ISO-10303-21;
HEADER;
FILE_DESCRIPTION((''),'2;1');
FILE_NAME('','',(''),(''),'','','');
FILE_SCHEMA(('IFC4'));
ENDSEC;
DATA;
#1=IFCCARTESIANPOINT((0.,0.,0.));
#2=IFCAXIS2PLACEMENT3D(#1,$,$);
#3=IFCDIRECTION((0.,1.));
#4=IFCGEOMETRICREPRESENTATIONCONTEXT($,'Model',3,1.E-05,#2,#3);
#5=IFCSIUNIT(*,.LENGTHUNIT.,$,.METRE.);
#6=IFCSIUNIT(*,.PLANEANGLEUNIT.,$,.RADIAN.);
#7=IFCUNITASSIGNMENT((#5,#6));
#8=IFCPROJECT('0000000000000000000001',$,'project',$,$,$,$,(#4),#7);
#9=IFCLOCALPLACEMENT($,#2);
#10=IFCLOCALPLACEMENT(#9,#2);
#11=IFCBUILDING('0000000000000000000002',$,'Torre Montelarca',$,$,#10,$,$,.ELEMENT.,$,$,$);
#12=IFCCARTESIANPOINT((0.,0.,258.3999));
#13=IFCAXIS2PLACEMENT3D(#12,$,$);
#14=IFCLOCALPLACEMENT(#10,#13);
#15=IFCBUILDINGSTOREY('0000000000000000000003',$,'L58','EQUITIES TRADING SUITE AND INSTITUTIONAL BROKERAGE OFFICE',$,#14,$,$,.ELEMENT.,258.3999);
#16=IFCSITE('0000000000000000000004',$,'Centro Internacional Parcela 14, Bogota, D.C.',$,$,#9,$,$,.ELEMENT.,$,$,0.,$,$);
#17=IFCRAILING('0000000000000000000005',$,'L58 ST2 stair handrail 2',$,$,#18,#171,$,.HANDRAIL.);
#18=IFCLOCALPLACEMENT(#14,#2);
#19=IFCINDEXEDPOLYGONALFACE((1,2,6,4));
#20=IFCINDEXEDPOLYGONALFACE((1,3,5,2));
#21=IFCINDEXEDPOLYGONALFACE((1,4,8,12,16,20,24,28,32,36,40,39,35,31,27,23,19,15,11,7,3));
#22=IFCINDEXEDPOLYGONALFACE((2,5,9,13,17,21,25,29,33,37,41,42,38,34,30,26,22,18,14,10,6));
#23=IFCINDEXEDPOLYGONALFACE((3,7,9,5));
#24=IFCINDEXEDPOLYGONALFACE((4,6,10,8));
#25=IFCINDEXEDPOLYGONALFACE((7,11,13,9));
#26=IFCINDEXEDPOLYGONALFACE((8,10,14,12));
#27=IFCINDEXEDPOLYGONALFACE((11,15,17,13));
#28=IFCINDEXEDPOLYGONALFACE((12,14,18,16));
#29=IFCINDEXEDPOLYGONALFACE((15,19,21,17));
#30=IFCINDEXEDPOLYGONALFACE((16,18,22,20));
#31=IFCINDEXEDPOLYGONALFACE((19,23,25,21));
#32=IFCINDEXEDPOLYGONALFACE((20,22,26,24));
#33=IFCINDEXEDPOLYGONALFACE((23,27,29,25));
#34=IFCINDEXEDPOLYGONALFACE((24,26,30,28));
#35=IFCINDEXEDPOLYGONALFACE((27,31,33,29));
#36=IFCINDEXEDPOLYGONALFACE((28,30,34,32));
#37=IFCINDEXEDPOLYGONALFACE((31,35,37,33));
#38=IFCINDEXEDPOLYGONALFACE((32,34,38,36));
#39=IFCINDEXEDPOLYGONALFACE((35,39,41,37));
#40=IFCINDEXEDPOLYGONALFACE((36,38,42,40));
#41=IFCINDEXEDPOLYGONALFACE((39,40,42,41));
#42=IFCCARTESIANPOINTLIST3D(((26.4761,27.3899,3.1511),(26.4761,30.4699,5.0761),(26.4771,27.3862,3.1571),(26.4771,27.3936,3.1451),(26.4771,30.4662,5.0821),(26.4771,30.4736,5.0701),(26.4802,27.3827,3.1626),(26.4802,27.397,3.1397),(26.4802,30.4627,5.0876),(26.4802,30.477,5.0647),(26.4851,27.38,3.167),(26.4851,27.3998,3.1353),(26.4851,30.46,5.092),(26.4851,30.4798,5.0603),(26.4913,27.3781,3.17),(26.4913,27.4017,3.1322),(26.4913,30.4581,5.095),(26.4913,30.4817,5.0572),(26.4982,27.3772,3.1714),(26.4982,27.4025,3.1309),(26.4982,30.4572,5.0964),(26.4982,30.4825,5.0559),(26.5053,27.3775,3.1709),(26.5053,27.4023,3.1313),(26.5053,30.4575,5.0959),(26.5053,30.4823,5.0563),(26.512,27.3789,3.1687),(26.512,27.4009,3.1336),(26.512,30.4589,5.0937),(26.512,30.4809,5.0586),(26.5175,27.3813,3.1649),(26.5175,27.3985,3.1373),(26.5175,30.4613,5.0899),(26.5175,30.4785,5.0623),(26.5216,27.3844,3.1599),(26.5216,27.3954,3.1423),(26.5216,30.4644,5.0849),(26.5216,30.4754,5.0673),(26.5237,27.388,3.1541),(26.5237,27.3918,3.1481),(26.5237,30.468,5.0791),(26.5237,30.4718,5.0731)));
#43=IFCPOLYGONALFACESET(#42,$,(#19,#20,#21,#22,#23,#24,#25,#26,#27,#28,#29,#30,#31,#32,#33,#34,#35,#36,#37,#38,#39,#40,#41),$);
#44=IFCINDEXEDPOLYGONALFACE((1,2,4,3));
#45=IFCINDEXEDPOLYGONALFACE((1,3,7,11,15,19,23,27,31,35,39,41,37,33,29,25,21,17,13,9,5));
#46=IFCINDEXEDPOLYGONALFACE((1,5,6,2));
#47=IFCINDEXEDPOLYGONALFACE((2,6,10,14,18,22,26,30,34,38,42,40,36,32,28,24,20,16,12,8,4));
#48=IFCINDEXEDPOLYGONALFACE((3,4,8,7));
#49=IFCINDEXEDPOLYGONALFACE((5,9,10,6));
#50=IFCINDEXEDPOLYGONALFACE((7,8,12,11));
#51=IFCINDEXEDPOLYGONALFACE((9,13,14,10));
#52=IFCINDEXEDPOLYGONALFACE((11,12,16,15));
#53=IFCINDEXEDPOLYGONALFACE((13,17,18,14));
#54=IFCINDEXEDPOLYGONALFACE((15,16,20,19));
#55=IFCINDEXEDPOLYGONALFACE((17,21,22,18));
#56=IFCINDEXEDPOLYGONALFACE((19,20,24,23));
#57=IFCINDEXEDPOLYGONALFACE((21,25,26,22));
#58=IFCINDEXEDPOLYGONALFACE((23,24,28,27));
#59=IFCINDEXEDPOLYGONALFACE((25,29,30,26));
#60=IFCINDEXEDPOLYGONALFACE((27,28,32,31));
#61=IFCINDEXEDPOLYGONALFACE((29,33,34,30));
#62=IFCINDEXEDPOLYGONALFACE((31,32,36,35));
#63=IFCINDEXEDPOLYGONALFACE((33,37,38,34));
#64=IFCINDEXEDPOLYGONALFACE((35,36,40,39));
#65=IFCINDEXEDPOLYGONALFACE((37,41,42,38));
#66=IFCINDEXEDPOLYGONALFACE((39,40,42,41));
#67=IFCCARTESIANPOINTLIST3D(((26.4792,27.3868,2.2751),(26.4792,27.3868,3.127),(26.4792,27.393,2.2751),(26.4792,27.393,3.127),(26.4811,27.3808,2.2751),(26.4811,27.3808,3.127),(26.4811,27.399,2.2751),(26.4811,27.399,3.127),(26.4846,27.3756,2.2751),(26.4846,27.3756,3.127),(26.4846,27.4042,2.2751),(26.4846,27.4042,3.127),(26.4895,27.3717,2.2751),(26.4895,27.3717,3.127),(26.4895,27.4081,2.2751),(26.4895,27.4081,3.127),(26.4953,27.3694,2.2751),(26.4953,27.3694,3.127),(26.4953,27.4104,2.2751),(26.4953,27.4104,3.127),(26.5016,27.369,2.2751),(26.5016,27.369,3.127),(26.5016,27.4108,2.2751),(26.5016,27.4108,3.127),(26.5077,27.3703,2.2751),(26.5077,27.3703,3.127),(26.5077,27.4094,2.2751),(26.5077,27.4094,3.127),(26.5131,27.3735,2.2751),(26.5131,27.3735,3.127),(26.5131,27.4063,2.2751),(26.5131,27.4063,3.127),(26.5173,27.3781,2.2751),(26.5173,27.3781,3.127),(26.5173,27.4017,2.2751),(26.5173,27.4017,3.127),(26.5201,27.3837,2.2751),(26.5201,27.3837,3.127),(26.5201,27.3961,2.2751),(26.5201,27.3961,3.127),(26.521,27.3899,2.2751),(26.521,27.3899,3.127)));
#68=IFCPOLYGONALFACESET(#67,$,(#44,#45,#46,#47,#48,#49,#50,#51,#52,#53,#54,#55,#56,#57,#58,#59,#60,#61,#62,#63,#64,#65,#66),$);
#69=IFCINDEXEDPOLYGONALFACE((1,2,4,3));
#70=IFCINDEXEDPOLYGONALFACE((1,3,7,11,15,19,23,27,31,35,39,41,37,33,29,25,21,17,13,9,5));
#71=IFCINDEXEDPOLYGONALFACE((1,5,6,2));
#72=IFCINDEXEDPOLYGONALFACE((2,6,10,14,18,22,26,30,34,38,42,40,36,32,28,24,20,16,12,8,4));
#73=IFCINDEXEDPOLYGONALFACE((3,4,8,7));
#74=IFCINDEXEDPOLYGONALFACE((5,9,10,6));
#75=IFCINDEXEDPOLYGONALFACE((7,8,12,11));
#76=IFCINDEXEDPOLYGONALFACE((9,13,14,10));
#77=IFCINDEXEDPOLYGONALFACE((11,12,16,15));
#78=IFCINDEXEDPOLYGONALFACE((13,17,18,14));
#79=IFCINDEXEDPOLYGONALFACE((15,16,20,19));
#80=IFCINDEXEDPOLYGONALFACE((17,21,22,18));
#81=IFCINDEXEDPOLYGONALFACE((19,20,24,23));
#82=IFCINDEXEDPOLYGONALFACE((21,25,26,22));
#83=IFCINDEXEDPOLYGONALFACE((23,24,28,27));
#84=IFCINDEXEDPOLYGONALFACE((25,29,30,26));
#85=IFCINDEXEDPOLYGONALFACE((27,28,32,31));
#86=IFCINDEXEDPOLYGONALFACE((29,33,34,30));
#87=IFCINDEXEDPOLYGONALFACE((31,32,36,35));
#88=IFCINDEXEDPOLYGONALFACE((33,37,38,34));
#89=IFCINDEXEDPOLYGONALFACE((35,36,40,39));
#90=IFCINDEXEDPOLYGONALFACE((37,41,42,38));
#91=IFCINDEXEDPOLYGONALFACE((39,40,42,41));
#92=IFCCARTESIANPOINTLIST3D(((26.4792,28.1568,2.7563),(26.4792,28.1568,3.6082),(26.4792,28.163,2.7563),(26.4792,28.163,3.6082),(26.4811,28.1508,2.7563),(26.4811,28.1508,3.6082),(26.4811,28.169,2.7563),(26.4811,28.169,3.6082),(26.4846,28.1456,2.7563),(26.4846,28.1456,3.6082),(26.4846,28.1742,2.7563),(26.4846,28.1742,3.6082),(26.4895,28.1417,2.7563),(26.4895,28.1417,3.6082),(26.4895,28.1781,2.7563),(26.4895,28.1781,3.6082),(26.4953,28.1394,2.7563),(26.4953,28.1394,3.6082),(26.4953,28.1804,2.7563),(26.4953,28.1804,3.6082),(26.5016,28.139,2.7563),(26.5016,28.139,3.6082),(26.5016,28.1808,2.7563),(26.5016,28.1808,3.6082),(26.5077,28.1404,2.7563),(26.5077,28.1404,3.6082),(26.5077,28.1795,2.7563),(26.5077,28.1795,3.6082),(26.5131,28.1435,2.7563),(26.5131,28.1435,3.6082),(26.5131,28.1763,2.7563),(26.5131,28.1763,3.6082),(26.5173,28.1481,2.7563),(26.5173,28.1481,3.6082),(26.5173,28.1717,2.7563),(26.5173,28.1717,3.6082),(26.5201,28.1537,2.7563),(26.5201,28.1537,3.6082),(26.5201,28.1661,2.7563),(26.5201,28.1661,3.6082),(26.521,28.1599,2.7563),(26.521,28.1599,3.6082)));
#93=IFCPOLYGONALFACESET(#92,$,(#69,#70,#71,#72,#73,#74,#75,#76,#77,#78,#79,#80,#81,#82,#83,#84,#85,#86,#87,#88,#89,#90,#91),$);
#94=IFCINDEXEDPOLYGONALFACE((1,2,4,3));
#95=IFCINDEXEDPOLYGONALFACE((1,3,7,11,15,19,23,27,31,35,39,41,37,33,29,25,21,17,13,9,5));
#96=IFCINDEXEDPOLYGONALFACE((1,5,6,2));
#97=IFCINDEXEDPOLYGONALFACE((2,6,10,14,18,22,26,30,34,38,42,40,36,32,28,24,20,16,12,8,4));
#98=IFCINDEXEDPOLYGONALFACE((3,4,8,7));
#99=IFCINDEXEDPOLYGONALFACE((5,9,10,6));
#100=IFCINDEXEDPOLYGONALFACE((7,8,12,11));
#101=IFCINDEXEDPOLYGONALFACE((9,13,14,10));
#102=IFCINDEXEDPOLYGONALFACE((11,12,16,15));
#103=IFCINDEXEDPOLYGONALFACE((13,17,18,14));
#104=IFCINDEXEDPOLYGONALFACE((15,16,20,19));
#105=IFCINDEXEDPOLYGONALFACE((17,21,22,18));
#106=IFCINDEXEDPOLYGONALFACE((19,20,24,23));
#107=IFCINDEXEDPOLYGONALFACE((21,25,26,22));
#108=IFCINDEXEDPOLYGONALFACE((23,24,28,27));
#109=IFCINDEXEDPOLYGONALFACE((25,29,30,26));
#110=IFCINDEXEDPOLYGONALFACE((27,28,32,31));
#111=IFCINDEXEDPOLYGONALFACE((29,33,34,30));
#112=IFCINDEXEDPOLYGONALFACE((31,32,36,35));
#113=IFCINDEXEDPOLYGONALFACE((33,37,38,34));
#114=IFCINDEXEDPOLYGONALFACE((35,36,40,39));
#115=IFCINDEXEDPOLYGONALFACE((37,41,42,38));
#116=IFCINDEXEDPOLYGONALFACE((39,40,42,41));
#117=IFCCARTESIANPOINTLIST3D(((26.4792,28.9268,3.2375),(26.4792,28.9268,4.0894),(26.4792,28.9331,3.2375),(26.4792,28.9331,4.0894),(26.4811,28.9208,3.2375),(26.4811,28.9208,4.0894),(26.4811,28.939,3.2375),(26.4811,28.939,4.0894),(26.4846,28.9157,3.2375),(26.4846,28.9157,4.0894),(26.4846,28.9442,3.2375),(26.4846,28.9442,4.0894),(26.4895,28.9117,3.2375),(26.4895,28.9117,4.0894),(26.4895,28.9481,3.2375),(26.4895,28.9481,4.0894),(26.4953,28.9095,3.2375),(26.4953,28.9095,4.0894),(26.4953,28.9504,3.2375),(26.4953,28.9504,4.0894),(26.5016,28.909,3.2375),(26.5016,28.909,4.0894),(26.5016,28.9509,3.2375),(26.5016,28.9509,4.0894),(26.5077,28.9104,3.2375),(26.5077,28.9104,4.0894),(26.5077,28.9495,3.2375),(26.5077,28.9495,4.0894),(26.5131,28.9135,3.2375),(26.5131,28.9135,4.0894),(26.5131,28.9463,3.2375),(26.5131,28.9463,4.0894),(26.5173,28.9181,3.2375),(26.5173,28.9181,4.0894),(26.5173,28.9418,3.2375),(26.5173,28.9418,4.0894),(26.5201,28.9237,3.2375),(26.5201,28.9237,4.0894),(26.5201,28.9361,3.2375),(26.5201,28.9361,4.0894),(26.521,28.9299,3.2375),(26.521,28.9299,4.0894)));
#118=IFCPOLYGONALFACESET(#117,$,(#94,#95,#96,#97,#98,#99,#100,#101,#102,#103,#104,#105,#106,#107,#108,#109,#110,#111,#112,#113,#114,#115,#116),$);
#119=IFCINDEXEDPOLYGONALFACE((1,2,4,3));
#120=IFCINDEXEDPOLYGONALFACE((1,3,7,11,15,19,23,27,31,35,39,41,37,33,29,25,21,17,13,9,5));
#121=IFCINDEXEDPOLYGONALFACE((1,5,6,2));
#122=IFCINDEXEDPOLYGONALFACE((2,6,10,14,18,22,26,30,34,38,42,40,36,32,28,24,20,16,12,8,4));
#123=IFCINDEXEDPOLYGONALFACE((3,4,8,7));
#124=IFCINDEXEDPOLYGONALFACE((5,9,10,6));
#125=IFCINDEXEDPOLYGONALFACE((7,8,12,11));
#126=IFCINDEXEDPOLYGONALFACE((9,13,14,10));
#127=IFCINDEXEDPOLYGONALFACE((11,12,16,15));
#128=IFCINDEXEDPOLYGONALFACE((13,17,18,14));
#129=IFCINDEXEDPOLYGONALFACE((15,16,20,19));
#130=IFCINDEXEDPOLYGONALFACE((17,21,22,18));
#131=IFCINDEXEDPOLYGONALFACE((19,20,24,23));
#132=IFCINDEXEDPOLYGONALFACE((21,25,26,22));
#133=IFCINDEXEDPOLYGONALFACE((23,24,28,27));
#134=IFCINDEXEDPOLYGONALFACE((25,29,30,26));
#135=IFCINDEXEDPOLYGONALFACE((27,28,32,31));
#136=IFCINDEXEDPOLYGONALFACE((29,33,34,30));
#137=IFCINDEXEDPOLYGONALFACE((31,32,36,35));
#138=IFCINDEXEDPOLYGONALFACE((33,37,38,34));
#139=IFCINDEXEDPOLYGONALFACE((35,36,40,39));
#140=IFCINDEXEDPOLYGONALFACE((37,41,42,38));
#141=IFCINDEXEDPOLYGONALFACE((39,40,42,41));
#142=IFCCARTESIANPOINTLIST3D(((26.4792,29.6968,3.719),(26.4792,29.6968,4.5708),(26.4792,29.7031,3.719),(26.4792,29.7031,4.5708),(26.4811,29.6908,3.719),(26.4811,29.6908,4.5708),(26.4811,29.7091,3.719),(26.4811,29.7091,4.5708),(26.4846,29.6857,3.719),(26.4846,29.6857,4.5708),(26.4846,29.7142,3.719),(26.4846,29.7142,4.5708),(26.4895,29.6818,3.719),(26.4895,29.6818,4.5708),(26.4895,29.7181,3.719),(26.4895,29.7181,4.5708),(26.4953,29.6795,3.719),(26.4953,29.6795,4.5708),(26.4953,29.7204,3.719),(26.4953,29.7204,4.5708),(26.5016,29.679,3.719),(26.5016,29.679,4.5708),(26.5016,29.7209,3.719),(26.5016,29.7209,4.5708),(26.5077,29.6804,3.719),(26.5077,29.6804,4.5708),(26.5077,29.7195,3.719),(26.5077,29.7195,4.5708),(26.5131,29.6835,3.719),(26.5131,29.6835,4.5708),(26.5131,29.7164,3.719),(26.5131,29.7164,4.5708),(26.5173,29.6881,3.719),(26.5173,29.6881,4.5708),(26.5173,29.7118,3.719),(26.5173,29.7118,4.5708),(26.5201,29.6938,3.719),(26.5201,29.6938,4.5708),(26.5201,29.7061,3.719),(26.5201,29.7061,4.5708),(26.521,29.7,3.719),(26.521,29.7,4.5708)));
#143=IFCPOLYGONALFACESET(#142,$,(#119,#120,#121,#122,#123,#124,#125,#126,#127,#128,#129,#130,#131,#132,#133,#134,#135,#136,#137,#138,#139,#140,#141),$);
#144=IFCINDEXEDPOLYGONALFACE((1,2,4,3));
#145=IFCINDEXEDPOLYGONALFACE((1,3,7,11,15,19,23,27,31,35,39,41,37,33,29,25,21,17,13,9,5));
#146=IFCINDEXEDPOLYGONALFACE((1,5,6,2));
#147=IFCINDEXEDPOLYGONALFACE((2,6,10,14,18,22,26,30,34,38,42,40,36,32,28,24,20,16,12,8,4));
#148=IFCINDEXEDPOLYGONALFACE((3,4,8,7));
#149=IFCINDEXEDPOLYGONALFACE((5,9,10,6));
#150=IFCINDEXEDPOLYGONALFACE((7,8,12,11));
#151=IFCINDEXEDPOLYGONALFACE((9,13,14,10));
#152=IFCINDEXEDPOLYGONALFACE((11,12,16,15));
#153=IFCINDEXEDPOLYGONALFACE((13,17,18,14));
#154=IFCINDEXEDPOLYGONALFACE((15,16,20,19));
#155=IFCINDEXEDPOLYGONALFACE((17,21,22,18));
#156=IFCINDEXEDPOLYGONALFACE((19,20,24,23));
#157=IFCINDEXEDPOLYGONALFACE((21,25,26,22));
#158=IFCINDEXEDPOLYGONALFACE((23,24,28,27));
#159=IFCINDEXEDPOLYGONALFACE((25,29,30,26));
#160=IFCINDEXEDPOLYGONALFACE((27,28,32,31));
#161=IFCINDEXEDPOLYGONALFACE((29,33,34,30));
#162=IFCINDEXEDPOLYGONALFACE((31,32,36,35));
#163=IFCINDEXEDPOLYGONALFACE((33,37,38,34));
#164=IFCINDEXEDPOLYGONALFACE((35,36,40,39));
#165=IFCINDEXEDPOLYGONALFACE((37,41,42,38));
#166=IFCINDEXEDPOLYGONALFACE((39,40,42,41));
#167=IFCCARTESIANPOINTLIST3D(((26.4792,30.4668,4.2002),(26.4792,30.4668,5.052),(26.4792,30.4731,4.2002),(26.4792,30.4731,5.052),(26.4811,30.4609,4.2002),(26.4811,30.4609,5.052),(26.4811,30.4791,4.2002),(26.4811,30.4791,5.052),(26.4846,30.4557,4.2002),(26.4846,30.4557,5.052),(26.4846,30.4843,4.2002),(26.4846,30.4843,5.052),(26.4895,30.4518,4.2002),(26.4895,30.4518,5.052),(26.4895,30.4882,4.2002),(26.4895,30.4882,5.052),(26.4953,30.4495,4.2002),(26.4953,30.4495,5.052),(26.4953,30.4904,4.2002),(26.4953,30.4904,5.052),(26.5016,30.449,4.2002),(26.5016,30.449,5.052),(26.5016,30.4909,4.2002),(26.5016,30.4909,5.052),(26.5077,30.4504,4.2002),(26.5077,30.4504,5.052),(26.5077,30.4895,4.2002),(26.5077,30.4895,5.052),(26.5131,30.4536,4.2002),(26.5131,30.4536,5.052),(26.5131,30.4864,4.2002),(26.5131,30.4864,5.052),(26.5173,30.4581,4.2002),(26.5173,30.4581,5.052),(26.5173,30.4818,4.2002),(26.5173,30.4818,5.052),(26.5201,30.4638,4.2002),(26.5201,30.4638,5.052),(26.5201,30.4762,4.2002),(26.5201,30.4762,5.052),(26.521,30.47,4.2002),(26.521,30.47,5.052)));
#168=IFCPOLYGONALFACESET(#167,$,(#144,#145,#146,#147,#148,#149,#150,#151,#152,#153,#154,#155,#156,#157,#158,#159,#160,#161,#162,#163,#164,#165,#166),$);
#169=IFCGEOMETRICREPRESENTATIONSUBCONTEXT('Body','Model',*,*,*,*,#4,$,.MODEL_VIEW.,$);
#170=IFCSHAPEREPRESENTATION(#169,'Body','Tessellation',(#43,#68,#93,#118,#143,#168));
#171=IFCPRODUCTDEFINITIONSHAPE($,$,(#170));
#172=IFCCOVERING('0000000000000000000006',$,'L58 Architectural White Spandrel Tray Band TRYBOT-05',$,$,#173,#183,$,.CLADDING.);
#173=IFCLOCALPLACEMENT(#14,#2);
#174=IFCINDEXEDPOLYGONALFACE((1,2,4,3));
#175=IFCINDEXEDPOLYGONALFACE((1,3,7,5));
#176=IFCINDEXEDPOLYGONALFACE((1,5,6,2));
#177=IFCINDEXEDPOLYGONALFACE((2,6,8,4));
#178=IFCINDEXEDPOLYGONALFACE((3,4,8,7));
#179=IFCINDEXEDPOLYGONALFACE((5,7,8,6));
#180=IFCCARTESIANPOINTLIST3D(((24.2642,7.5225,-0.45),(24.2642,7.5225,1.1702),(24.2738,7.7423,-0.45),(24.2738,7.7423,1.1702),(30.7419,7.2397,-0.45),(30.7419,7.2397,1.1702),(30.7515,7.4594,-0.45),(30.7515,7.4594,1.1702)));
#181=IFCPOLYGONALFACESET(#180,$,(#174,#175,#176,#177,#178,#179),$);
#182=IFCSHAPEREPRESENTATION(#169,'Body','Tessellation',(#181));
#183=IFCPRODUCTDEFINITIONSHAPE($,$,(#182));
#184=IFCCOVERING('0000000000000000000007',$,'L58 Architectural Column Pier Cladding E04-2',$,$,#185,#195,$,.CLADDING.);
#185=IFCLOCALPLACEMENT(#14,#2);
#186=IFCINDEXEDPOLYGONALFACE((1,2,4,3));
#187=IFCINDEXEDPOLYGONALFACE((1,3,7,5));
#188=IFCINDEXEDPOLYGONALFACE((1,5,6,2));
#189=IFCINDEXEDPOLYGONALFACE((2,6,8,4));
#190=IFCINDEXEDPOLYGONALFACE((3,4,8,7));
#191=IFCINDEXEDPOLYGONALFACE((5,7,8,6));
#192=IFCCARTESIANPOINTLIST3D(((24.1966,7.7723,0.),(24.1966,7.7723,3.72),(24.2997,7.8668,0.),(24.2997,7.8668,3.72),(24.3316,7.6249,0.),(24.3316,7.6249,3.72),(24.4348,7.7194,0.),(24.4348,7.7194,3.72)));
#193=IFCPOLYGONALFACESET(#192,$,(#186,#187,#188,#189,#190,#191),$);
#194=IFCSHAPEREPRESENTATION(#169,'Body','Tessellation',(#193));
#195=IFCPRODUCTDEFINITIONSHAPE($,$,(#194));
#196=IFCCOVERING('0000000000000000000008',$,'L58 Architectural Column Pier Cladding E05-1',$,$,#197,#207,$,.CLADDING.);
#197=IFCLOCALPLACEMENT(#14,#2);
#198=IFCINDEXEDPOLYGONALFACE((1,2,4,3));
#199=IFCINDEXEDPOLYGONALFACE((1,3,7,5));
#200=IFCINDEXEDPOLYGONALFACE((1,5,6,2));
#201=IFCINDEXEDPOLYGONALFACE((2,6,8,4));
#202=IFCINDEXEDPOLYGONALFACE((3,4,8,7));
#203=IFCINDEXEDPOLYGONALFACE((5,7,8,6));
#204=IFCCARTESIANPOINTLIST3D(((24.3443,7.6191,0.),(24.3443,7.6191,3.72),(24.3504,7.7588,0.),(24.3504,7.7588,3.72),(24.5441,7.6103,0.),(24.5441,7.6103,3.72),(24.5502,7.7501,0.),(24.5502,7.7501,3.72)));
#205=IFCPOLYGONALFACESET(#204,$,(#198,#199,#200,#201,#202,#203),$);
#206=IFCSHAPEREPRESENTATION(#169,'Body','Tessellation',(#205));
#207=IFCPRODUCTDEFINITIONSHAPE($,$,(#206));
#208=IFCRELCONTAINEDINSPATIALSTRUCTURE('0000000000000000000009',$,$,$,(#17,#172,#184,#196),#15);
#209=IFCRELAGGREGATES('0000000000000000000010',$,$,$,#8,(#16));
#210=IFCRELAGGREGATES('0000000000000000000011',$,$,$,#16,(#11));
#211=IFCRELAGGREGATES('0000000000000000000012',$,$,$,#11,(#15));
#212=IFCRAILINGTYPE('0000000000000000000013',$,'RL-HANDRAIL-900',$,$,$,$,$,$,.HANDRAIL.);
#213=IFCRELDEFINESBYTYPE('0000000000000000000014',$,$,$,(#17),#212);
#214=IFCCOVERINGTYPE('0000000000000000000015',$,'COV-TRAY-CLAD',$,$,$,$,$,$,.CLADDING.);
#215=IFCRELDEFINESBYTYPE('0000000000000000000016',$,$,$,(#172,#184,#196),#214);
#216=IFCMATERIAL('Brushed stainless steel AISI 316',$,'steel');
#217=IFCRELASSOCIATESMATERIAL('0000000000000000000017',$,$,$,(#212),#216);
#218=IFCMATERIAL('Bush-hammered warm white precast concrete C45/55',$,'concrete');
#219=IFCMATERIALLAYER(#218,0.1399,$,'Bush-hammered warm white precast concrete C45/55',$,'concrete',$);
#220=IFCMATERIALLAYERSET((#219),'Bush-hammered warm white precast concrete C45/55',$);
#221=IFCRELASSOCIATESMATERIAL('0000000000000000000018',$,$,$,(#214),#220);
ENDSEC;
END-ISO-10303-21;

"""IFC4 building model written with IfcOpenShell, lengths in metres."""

from ifc_helpers import new_model, si_unit, direction, frame, origin, origin_2d, place, context, subcontext, project, spatial, rectangle, circle, extrude, source, transform, mapped, material, layer, layer_set, type_object, element, save


model = new_model("IFC4")

# Units and contexts
model_context = context("Model", 3, precision=1e-05, world=origin(), true_north=direction((0.0, 1.0)))
body_context = subcontext(model_context, "Body", "Model", "MODEL_VIEW")
ifc_project = project(units=[si_unit("LENGTHUNIT", "METRE"), si_unit("PLANEANGLEUNIT", "RADIAN")], contexts=[model_context])

# Site, building, storey
site_placement = place(None, origin())
site = spatial("IfcSite", under=ifc_project, at=site_placement, Name="Centro Internacional Parcela 14, Bogota, D.C.", CompositionType="ELEMENT", RefElevation=0.0)
building_placement = place(site_placement, origin())
building = spatial("IfcBuilding", under=site, at=building_placement, Name="Torre Montelarca", CompositionType="ELEMENT")
storey_placement = place(building_placement, frame((0.0, 0.0, 258.3999)))
storey = spatial("IfcBuildingStorey", under=building, at=storey_placement, Name="L58", Description="EQUITIES TRADING SUITE AND INSTITUTIONAL BROKERAGE OFFICE", CompositionType="ELEMENT", Elevation=258.3999)

# Railing
ifc_material_1 = material(Name="Brushed stainless steel AISI 316", Category="steel")
railing_type_1 = type_object("IfcRailingType", Name="RL-HANDRAIL-900", PredefinedType="HANDRAIL", material=ifc_material_1)
railing_1_placement = place(storey_placement, frame((26.5, 27.3899, 2.2751)))
element("IfcRailing", 1, at=railing_1_placement, inside=storey, type_object=railing_type_1, Name="L58 ST2 stair handrail 2", PredefinedType="HANDRAIL", context=body_context, shape_type="SweptSolid", body=[
    extrude(circle(Radius=0.0239, at=origin_2d()), frame((0.0, 0.0, 0.876), z_axis=(0.0, 0.847998, 0.529999), x_axis=(-1.0, 0.0, 0.0)), (0.0, 0.0, 1.0), 3.6321),
    extrude(circle(Radius=0.021, at=origin_2d()), origin(), (0.0, 0.0, 1.0), 0.8518),
    extrude(circle(Radius=0.021, at=origin_2d()), frame((0.0, 0.77, 0.4812)), (0.0, 0.0, 1.0), 0.8518),
    extrude(circle(Radius=0.021, at=origin_2d()), frame((0.0, 1.54, 0.9624)), (0.0, 0.0, 1.0), 0.8518),
    extrude(circle(Radius=0.021, at=origin_2d()), frame((0.0, 2.3101, 1.4438)), (0.0, 0.0, 1.0), 0.8518),
    extrude(circle(Radius=0.021, at=origin_2d()), frame((0.0, 3.0801, 1.925)), (0.0, 0.0, 1.0), 0.8518),
])

# Coverings
ifc_material_2 = material(Name="Bush-hammered warm white precast concrete C45/55", Category="concrete")
ifc_layer_1 = layer(ifc_material_2, 0.1399, Name="Bush-hammered warm white precast concrete C45/55", Category="concrete")
ifc_layer_set_1 = layer_set([ifc_layer_1], Name="Bush-hammered warm white precast concrete C45/55")
covering_type = type_object("IfcCoveringType", Name="COV-TRAY-CLAD", PredefinedType="CLADDING", material=ifc_layer_set_1)
shared_shape_1 = source(origin(), body_context, "Body", "SweptSolid", [
    extrude(rectangle(XDim=6.4839, YDim=0.22, at=origin_2d()), origin(), (0.0, 0.0, 1.0), 1.6201),
])
covering_placement = place(storey_placement, frame((27.5078, 7.491, -0.45), z_axis=(0.0, 0.0, 1.0), x_axis=(0.999048, -0.043621, 0.0)))
element("IfcCovering", 2, at=covering_placement, inside=storey, type_object=covering_type, Name="L58 Architectural White Spandrel Tray Band TRYBOT-05", PredefinedType="CLADDING", context=body_context, shape_type="MappedRepresentation", body=[
    mapped(shared_shape_1, transform((0.0, 0.0, 0.0), scale=1.0)),
])
shared_shape_2 = source(origin(), body_context, "Body", "SweptSolid", [
    extrude(rectangle(XDim=0.2, YDim=0.1399, at=origin_2d()), origin(), (0.0, 0.0, 1.0), 3.72),
])
for number, where, z_axis, x_axis, name in (
    (3, (24.3157, 7.7458, 0.0), (0.0, 0.0, 1.0), (0.675585, -0.737282, 0.0), "L58 Architectural Column Pier Cladding E04-2"),
    (4, (24.4473, 7.6846, 0.0), (0.0, 0.0, 1.0), (0.999048, -0.043628, 0.0), "L58 Architectural Column Pier Cladding E05-1"),
):
    element("IfcCovering", number, at=place(storey_placement, frame(where, z_axis=z_axis, x_axis=x_axis)), inside=storey, type_object=covering_type, Name=name, PredefinedType="CLADDING", context=body_context, shape_type="MappedRepresentation", body=[
        mapped(shared_shape_2, transform((0.0, 0.0, 0.0), scale=1.0)),
    ])

save(model, "model.ifc")
